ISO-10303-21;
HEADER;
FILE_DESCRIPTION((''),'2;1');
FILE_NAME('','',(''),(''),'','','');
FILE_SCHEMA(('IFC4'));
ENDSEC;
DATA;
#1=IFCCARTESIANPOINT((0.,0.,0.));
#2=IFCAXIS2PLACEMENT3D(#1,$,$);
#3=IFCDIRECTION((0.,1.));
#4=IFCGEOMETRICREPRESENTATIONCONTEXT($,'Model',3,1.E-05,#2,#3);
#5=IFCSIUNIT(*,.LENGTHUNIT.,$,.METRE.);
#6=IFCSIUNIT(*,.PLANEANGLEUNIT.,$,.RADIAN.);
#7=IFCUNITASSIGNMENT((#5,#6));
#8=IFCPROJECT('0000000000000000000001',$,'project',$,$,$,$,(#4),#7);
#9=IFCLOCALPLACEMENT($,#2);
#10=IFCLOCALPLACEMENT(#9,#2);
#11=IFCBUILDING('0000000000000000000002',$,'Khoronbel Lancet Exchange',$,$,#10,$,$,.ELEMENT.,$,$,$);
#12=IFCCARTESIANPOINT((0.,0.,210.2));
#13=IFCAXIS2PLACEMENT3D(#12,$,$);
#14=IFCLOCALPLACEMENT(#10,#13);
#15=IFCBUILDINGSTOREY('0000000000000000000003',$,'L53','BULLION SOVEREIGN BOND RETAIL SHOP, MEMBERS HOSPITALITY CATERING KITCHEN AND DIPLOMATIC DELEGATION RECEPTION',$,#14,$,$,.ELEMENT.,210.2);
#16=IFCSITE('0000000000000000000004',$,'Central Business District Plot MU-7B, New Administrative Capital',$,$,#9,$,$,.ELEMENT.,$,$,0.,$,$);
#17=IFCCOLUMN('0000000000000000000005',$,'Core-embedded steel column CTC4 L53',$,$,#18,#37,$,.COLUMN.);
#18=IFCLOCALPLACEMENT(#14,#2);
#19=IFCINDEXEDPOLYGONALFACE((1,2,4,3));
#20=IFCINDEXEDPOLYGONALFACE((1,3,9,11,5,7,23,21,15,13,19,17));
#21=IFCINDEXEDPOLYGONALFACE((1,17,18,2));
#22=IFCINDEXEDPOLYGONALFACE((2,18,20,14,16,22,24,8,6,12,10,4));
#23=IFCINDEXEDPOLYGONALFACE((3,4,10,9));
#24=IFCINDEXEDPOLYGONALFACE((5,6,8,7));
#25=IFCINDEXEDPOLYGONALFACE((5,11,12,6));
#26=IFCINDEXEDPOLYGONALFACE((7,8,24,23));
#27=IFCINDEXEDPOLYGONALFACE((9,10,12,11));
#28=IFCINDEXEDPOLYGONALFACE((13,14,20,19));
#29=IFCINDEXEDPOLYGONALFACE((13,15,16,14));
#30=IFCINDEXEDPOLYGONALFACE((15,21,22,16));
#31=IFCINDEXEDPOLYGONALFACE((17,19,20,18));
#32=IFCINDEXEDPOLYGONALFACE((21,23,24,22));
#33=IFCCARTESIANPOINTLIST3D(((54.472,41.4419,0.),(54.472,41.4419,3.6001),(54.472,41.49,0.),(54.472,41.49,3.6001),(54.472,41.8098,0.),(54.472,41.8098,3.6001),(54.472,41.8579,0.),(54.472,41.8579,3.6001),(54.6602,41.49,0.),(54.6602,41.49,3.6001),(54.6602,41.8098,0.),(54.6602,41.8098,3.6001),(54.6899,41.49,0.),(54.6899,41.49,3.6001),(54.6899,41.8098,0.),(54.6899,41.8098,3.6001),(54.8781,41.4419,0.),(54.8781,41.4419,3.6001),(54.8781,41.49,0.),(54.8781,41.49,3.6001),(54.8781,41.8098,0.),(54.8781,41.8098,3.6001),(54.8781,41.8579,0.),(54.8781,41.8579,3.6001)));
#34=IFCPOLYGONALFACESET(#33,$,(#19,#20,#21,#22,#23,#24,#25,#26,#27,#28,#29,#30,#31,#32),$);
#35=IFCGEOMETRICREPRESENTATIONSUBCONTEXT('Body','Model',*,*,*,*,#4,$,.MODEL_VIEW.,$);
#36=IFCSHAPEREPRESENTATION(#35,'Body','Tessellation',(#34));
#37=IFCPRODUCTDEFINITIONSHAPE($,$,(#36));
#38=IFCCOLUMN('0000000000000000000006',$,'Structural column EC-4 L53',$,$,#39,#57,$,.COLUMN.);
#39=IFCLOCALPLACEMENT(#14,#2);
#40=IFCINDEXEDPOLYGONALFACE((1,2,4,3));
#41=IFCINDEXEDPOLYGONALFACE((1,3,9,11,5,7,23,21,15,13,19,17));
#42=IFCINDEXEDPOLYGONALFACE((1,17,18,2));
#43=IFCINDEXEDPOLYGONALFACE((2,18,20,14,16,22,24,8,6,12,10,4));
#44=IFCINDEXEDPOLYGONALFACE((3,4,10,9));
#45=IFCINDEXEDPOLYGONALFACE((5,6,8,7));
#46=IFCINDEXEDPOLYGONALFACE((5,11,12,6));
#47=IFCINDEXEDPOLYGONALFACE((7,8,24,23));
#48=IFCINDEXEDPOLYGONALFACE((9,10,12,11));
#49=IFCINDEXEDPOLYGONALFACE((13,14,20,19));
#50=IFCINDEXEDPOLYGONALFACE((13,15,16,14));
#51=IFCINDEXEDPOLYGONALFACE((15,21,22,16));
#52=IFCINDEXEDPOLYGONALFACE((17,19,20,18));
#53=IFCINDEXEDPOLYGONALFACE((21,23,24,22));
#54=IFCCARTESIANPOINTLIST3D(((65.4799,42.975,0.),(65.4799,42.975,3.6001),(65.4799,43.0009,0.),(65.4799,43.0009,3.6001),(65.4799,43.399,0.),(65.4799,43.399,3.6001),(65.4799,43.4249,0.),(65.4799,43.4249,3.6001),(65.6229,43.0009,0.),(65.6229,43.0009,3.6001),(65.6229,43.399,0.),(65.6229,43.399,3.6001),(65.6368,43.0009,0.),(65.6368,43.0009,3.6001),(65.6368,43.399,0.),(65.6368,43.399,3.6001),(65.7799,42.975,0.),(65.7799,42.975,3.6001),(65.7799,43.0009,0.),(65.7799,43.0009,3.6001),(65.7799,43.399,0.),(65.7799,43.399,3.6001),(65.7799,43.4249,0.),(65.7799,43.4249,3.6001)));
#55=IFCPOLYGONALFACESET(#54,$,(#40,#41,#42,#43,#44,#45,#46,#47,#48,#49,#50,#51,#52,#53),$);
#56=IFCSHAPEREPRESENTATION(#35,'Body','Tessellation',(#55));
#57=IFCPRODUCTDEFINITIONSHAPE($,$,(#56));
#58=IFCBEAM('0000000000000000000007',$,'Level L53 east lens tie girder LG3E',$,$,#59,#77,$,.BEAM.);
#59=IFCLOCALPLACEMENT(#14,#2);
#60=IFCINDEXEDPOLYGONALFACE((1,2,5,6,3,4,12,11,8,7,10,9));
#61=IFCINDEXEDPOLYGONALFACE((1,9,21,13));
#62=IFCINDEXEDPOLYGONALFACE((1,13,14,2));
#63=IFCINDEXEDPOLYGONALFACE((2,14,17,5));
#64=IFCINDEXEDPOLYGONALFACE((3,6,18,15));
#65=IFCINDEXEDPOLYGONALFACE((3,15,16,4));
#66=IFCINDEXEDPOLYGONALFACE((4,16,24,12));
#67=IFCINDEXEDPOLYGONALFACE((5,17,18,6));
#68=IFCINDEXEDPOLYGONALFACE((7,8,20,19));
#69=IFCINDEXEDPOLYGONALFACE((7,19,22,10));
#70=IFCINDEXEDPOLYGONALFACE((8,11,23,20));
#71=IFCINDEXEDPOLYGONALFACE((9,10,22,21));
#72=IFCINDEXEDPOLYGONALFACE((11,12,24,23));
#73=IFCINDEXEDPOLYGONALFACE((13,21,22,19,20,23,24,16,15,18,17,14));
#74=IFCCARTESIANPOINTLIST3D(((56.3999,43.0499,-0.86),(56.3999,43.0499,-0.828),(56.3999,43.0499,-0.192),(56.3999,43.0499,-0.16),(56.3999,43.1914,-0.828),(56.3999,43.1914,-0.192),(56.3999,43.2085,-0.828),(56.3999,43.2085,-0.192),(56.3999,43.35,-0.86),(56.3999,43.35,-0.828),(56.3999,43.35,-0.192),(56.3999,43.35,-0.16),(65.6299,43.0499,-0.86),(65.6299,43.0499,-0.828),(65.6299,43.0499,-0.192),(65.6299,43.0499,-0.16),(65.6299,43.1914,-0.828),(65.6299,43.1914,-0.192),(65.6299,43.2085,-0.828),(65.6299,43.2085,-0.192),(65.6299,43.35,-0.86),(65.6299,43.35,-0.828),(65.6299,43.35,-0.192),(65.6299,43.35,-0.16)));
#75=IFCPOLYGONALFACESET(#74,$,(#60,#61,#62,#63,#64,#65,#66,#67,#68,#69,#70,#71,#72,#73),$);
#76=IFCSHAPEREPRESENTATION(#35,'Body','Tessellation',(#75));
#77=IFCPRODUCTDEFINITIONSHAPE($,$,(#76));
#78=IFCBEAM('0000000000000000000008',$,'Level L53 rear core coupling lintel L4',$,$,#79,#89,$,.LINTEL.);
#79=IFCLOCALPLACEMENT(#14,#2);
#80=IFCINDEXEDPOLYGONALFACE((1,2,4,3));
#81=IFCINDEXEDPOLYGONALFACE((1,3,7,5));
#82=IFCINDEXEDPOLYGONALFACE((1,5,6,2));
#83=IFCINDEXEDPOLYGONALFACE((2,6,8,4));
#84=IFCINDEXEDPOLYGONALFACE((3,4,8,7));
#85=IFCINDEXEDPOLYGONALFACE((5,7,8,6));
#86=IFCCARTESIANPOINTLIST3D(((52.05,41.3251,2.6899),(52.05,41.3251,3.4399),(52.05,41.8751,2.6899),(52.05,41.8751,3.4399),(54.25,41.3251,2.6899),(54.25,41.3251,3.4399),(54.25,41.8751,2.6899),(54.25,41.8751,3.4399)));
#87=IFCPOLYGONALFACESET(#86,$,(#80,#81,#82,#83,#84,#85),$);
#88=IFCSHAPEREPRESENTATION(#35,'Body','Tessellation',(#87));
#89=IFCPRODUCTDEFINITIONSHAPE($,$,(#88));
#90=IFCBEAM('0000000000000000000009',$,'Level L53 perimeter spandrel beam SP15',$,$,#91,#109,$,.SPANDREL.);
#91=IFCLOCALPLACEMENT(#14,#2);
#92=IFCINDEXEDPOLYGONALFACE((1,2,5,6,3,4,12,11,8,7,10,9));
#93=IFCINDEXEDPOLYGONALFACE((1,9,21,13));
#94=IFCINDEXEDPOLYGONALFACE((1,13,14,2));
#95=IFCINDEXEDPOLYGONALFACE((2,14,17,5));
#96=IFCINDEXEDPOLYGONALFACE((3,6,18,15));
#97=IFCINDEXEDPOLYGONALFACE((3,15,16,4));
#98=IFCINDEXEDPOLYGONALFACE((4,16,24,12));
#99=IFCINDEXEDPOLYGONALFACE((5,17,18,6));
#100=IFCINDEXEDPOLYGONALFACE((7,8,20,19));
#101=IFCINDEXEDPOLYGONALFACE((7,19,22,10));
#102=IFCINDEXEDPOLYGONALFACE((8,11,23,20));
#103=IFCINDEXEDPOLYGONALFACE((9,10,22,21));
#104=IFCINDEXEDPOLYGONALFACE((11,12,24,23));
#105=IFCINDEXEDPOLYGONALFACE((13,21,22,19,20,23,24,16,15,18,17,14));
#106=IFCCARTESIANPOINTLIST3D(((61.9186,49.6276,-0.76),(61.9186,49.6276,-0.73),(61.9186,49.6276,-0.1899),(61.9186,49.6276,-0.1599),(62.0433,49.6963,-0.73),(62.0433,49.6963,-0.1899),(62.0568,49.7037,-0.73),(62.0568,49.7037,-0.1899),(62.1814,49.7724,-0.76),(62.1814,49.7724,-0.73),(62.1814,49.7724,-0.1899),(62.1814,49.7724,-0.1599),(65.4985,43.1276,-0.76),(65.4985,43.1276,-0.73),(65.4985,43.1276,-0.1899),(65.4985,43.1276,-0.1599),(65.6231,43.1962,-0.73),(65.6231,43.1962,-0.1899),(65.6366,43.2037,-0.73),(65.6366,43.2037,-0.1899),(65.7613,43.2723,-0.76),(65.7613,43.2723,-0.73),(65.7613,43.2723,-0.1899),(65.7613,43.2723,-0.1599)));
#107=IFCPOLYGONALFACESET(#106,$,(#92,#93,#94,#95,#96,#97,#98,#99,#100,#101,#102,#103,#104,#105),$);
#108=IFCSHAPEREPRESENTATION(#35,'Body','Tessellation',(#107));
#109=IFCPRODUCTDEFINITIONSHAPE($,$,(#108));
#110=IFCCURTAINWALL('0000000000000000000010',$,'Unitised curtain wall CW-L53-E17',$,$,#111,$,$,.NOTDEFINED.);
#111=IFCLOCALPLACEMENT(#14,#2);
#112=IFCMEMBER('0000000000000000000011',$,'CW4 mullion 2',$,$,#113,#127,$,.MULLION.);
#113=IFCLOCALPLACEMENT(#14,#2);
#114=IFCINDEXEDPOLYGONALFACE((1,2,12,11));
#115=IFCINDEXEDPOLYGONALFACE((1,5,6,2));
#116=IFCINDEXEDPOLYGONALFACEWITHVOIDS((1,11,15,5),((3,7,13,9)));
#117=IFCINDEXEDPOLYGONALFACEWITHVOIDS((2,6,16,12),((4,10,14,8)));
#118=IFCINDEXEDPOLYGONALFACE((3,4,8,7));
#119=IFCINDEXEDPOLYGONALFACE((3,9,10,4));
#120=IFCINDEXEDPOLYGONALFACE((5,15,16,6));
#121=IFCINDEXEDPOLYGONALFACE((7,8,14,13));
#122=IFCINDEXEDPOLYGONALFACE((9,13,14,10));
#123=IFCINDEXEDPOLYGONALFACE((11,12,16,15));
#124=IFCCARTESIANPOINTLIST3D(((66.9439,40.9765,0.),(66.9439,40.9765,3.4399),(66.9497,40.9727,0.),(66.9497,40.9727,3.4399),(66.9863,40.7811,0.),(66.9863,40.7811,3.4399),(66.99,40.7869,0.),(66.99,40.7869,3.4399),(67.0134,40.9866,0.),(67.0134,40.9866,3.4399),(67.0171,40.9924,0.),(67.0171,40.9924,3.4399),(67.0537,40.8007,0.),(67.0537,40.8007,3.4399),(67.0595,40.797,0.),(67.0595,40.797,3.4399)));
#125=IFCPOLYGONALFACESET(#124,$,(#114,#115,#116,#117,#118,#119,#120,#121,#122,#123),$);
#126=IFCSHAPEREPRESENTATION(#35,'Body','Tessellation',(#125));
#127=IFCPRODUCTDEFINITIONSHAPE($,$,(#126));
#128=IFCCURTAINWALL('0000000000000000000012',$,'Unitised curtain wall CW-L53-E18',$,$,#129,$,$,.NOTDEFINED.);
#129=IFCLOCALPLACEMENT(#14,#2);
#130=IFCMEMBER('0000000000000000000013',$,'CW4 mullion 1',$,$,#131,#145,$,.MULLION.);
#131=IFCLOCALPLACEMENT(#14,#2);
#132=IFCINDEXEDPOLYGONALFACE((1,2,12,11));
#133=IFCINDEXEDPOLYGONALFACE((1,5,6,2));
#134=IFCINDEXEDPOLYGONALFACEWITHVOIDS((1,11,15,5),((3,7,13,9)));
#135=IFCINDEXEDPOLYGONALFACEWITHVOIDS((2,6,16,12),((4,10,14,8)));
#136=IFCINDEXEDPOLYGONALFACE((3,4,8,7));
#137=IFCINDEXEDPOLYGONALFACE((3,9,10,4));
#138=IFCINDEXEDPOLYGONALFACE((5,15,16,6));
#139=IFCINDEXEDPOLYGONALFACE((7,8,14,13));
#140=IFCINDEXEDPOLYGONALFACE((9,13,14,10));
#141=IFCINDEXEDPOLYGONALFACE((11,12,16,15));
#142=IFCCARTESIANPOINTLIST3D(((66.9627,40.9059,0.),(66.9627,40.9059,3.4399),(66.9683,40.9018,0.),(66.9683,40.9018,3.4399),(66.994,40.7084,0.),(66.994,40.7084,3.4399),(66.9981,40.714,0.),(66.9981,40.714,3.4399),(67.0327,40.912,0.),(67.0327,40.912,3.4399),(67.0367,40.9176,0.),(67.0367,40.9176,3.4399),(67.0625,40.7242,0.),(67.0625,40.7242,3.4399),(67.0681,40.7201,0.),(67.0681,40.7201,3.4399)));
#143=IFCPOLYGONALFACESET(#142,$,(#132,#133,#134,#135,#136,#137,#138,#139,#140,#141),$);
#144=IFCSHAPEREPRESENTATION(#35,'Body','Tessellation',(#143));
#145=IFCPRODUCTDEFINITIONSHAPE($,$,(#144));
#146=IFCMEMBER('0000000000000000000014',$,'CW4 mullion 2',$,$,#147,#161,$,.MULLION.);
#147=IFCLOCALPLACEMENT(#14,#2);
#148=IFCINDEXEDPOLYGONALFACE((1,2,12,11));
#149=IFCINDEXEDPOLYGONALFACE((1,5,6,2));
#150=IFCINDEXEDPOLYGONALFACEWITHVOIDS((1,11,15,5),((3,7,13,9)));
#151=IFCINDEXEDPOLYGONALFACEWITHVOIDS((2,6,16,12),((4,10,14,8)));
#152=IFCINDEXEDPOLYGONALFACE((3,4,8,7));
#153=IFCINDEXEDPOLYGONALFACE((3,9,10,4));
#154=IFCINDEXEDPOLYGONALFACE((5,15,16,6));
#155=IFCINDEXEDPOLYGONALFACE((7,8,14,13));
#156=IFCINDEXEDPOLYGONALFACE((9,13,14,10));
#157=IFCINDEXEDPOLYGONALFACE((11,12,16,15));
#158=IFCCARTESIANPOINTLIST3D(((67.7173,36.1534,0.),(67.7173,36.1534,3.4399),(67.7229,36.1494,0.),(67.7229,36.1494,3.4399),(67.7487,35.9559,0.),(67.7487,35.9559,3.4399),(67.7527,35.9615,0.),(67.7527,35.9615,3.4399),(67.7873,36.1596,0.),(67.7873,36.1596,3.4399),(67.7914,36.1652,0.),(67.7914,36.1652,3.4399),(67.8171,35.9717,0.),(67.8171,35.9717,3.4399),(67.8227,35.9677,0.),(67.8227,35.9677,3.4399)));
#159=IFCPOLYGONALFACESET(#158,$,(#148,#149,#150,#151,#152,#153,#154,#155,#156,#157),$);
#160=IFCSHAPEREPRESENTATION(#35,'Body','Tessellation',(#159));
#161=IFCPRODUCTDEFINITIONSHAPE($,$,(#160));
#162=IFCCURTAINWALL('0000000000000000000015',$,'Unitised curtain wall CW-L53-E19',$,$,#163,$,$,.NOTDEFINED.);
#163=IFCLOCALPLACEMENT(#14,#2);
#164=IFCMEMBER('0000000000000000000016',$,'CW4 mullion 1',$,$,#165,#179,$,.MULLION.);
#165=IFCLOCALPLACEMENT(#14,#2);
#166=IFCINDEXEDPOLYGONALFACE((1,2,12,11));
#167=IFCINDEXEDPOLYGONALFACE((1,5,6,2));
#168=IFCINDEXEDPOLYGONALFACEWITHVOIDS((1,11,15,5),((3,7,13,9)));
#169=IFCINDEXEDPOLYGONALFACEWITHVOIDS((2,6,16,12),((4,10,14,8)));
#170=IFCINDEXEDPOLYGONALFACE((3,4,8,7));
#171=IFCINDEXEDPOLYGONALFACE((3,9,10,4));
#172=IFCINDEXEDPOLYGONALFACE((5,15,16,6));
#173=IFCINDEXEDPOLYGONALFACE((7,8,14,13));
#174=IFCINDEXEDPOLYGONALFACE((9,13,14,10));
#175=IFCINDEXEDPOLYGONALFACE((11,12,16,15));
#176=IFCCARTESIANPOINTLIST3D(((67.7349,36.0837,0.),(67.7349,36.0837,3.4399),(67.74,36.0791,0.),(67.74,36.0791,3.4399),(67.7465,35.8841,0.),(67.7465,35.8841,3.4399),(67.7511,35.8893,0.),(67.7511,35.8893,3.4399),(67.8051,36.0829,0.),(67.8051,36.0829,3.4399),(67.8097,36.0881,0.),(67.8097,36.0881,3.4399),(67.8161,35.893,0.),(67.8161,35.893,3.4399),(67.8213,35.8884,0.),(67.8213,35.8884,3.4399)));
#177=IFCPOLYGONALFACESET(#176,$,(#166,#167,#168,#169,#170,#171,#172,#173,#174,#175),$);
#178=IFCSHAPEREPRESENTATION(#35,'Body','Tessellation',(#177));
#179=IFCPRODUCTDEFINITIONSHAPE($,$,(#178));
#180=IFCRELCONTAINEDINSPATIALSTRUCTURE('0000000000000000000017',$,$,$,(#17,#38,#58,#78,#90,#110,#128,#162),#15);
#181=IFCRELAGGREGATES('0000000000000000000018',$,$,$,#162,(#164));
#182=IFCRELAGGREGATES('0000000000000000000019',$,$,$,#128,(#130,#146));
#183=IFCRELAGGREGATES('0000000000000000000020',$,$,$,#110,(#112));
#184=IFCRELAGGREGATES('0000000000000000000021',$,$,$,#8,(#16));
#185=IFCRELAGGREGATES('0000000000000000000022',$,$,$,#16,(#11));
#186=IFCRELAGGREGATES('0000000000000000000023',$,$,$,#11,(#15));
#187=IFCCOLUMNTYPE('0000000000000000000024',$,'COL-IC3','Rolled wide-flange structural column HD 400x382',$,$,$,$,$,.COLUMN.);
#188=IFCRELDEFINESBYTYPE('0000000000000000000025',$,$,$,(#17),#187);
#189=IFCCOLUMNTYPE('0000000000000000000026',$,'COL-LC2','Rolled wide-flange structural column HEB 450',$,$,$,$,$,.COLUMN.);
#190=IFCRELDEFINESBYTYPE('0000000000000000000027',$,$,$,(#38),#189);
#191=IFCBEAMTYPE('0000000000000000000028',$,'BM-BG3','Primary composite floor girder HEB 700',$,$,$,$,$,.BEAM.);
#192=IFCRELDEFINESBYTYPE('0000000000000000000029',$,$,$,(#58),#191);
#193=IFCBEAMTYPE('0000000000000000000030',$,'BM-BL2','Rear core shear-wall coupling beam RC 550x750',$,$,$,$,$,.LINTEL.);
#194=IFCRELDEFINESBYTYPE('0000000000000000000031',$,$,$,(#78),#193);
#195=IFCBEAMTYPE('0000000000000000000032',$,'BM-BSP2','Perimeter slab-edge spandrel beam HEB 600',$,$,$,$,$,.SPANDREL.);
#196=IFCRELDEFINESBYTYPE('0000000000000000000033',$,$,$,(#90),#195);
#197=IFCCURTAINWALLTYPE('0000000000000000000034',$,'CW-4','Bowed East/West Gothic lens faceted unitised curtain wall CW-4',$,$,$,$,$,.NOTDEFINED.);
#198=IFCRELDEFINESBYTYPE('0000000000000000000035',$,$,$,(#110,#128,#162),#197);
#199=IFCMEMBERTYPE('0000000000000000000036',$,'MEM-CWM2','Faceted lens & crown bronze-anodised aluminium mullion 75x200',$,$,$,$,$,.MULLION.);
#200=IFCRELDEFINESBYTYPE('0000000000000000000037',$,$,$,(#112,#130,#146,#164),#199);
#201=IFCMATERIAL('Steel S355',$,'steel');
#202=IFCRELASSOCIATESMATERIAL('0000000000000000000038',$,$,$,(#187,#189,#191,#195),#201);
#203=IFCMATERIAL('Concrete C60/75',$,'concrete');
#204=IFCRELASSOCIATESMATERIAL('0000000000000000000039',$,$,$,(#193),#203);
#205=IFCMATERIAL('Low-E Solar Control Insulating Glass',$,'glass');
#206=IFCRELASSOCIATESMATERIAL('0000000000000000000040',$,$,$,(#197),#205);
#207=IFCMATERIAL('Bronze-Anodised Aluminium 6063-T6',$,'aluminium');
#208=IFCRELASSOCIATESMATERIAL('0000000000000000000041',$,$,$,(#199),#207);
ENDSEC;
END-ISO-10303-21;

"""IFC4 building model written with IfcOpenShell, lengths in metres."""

from ifc_helpers import new_model, si_unit, direction, frame, origin, origin_2d, place, context, subcontext, project, spatial, rectangle, hollow_rectangle, i_section, extrude, material, material_profile, profile_set, type_object, element, aggregate, save


model = new_model("IFC4")

# Units and contexts
model_context = context("Model", 3, precision=1e-05, world=origin(), true_north=direction((0.0, 1.0)))
body_context = subcontext(model_context, "Body", "Model", "MODEL_VIEW")
ifc_project = project(units=[si_unit("LENGTHUNIT", "METRE"), si_unit("PLANEANGLEUNIT", "RADIAN")], contexts=[model_context])

# Site, building, storey
site_placement = place(None, origin())
site = spatial("IfcSite", under=ifc_project, at=site_placement, Name="Central Business District Plot MU-7B, New Administrative Capital", CompositionType="ELEMENT", RefElevation=0.0)
building_placement = place(site_placement, origin())
building = spatial("IfcBuilding", under=site, at=building_placement, Name="Khoronbel Lancet Exchange", CompositionType="ELEMENT")
storey_placement = place(building_placement, frame((0.0, 0.0, 210.2)))
storey = spatial("IfcBuildingStorey", under=building, at=storey_placement, Name="L53", Description="BULLION SOVEREIGN BOND RETAIL SHOP, MEMBERS HOSPITALITY CATERING KITCHEN AND DIPLOMATIC DELEGATION RECEPTION", CompositionType="ELEMENT", Elevation=210.2)

# Columns
ifc_material_1 = material(Name="Steel S355", Category="steel")
ifc_material_profile_1 = material_profile(ifc_material_1, i_section(OverallWidth=0.406, OverallDepth=0.416, WebThickness=0.0298, FlangeThickness=0.0481, at=origin_2d()), Name="HD 400x382")
ifc_profile_set_1 = profile_set([ifc_material_profile_1], Name="Steel S355")
column_type_1 = type_object("IfcColumnType", Name="COL-IC3", Description="Rolled wide-flange structural column HD 400x382", PredefinedType="COLUMN", material=ifc_profile_set_1)
column_1_placement = place(storey_placement, frame((54.675, 41.6499, 0.0), z_axis=(0.0, 0.0, 1.0), x_axis=(1.0, 0.0, 0.0)))
element("IfcColumn", 1, at=column_1_placement, inside=storey, type_object=column_type_1, Name="Core-embedded steel column CTC4 L53", PredefinedType="COLUMN", context=body_context, shape_type="SweptSolid", body=[
    extrude(i_section(OverallWidth=0.406, OverallDepth=0.416, WebThickness=0.0298, FlangeThickness=0.0481, at=origin_2d()), origin(), (0.0, 0.0, 1.0), 3.6001),
])
ifc_material_profile_2 = material_profile(ifc_material_1, i_section(OverallWidth=0.3, OverallDepth=0.45, WebThickness=0.0139, FlangeThickness=0.0259, at=origin_2d()), Name="HEB 450")
ifc_profile_set_2 = profile_set([ifc_material_profile_2], Name="Steel S355")
column_type_2 = type_object("IfcColumnType", Name="COL-LC2", Description="Rolled wide-flange structural column HEB 450", PredefinedType="COLUMN", material=ifc_profile_set_2)
column_2_placement = place(storey_placement, frame((65.6299, 43.2, 0.0), z_axis=(0.0, 0.0, 1.0), x_axis=(1.0, 0.0, 0.0)))
element("IfcColumn", 2, at=column_2_placement, inside=storey, type_object=column_type_2, Name="Structural column EC-4 L53", PredefinedType="COLUMN", context=body_context, shape_type="SweptSolid", body=[
    extrude(i_section(OverallWidth=0.3, OverallDepth=0.45, WebThickness=0.0139, FlangeThickness=0.0259, at=origin_2d()), origin(), (0.0, 0.0, 1.0), 3.6001),
])

# Beams
ifc_material_profile_3 = material_profile(ifc_material_1, i_section(OverallWidth=0.3, OverallDepth=0.7, WebThickness=0.0171, FlangeThickness=0.032, at=origin_2d()), Name="HEB 700")
ifc_profile_set_3 = profile_set([ifc_material_profile_3], Name="Steel S355")
beam_type_1 = type_object("IfcBeamType", Name="BM-BG3", Description="Primary composite floor girder HEB 700", PredefinedType="BEAM", material=ifc_profile_set_3)
beam_1_placement = place(storey_placement, frame((56.3999, 43.2, -0.51), z_axis=(1.0, 0.0, 0.0), x_axis=(0.0, 1.0, 0.0)))
element("IfcBeam", 3, at=beam_1_placement, inside=storey, type_object=beam_type_1, Name="Level L53 east lens tie girder LG3E", PredefinedType="BEAM", context=body_context, shape_type="SweptSolid", body=[
    extrude(i_section(OverallWidth=0.3, OverallDepth=0.7, WebThickness=0.0171, FlangeThickness=0.032, at=origin_2d()), origin(), (0.0, 0.0, 1.0), 9.23),
])
ifc_material_2 = material(Name="Concrete C60/75", Category="concrete")
ifc_material_profile_4 = material_profile(ifc_material_2, rectangle(XDim=0.55, YDim=0.75, at=origin_2d()), Name="RC 550x750")
ifc_profile_set_4 = profile_set([ifc_material_profile_4], Name="Concrete C60/75")
beam_type_2 = type_object("IfcBeamType", Name="BM-BL2", Description="Rear core shear-wall coupling beam RC 550x750", PredefinedType="LINTEL", material=ifc_profile_set_4)
beam_2_placement = place(storey_placement, frame((52.05, 41.6001, 3.0649), z_axis=(1.0, 0.0, 0.0), x_axis=(0.0, 1.0, 0.0)))
element("IfcBeam", 4, at=beam_2_placement, inside=storey, type_object=beam_type_2, Name="Level L53 rear core coupling lintel L4", PredefinedType="LINTEL", context=body_context, shape_type="SweptSolid", body=[
    extrude(rectangle(XDim=0.55, YDim=0.75, at=origin_2d()), origin(), (0.0, 0.0, 1.0), 2.2),
])
ifc_material_profile_5 = material_profile(ifc_material_1, i_section(OverallWidth=0.3, OverallDepth=0.6001, WebThickness=0.0154, FlangeThickness=0.03, at=origin_2d()), Name="HEB 600")
ifc_profile_set_5 = profile_set([ifc_material_profile_5], Name="Steel S355")
beam_type_3 = type_object("IfcBeamType", Name="BM-BSP2", Description="Perimeter slab-edge spandrel beam HEB 600", PredefinedType="SPANDREL", material=ifc_profile_set_5)
beam_3_placement = place(storey_placement, frame((65.6299, 43.2, -0.46), z_axis=(-0.482419, 0.875941, 0.0), x_axis=(-0.875941, -0.482419, 0.0)))
element("IfcBeam", 5, at=beam_3_placement, inside=storey, type_object=beam_type_3, Name="Level L53 perimeter spandrel beam SP15", PredefinedType="SPANDREL", context=body_context, shape_type="SweptSolid", body=[
    extrude(i_section(OverallWidth=0.3, OverallDepth=0.6001, WebThickness=0.0154, FlangeThickness=0.03, at=origin_2d()), origin(), (0.0, 0.0, 1.0), 7.4207),
])

# Curtain wall, member
ifc_material_3 = material(Name="Low-E Solar Control Insulating Glass", Category="glass")
curtain_wall_type = type_object("IfcCurtainWallType", Name="CW-4", Description="Bowed East/West Gothic lens faceted unitised curtain wall CW-4", PredefinedType="NOTDEFINED", material=ifc_material_3)
curtain_wall_1_placement = place(storey_placement, origin())
curtain_wall_1 = element("IfcCurtainWall", 6, at=curtain_wall_1_placement, inside=storey, type_object=curtain_wall_type, Name="Unitised curtain wall CW-L53-E17", PredefinedType="NOTDEFINED")
ifc_material_4 = material(Name="Bronze-Anodised Aluminium 6063-T6", Category="aluminium")
ifc_material_profile_6 = material_profile(ifc_material_4, hollow_rectangle(XDim=0.075, YDim=0.2, WallThickness=0.0049, at=origin_2d()), Name="ALU MULLION 75x200")
ifc_profile_set_6 = profile_set([ifc_material_profile_6], Name="Bronze-Anodised Aluminium 6063-T6")
member_type_1 = type_object("IfcMemberType", Name="MEM-CWM2", Description="Faceted lens & crown bronze-anodised aluminium mullion 75x200", PredefinedType="MULLION", material=ifc_profile_set_6)
member_1_placement = place(storey_placement, frame((67.0017, 40.8867, 0.0), z_axis=(0.0, 0.0, 1.0), x_axis=(0.977287, 0.211921, 0.0)))
member_1 = element("IfcMember", 7, at=member_1_placement, type_object=member_type_1, Name="CW4 mullion 2", PredefinedType="MULLION", context=body_context, shape_type="SweptSolid", body=[
    extrude(hollow_rectangle(XDim=0.075, YDim=0.2, WallThickness=0.0049, at=origin_2d()), origin(), (0.0, 0.0, 1.0), 3.4399),
])

# Curtain wall, members
curtain_wall_2_placement = place(storey_placement, origin())
curtain_wall_2 = element("IfcCurtainWall", 8, at=curtain_wall_2_placement, inside=storey, type_object=curtain_wall_type, Name="Unitised curtain wall CW-L53-E18", PredefinedType="NOTDEFINED")
member_2_placement = place(storey_placement, frame((67.0154, 40.813, 0.0), z_axis=(0.0, 0.0, 1.0), x_axis=(0.987633, 0.156785, 0.0)))
member_2 = element("IfcMember", 9, at=member_2_placement, type_object=member_type_1, Name="CW4 mullion 1", PredefinedType="MULLION", context=body_context, shape_type="SweptSolid", body=[
    extrude(hollow_rectangle(XDim=0.075, YDim=0.2, WallThickness=0.0049, at=origin_2d()), origin(), (0.0, 0.0, 1.0), 3.4399),
])
member_3_placement = place(storey_placement, frame((67.77, 36.0605, 0.0), z_axis=(0.0, 0.0, 1.0), x_axis=(0.987633, 0.156785, 0.0)))
member_3 = element("IfcMember", 10, at=member_3_placement, type_object=member_type_1, Name="CW4 mullion 2", PredefinedType="MULLION", context=body_context, shape_type="SweptSolid", body=[
    extrude(hollow_rectangle(XDim=0.075, YDim=0.2, WallThickness=0.0049, at=origin_2d()), origin(), (0.0, 0.0, 1.0), 3.4399),
])

# Curtain wall, member
curtain_wall_3_placement = place(storey_placement, origin())
curtain_wall_3 = element("IfcCurtainWall", 11, at=curtain_wall_3_placement, inside=storey, type_object=curtain_wall_type, Name="Unitised curtain wall CW-L53-E19", PredefinedType="NOTDEFINED")
member_4_placement = place(storey_placement, frame((67.7781, 35.9861, 0.0), z_axis=(0.0, 0.0, 1.0), x_axis=(0.998317, 0.057992, 0.0)))
member_4 = element("IfcMember", 12, at=member_4_placement, type_object=member_type_1, Name="CW4 mullion 1", PredefinedType="MULLION", context=body_context, shape_type="SweptSolid", body=[
    extrude(hollow_rectangle(XDim=0.075, YDim=0.2, WallThickness=0.0049, at=origin_2d()), origin(), (0.0, 0.0, 1.0), 3.4399),
])

aggregate(curtain_wall_3, [member_4])

aggregate(curtain_wall_2, [member_2, member_3])
aggregate(curtain_wall_1, [member_1])

save(model, "model.ifc")
